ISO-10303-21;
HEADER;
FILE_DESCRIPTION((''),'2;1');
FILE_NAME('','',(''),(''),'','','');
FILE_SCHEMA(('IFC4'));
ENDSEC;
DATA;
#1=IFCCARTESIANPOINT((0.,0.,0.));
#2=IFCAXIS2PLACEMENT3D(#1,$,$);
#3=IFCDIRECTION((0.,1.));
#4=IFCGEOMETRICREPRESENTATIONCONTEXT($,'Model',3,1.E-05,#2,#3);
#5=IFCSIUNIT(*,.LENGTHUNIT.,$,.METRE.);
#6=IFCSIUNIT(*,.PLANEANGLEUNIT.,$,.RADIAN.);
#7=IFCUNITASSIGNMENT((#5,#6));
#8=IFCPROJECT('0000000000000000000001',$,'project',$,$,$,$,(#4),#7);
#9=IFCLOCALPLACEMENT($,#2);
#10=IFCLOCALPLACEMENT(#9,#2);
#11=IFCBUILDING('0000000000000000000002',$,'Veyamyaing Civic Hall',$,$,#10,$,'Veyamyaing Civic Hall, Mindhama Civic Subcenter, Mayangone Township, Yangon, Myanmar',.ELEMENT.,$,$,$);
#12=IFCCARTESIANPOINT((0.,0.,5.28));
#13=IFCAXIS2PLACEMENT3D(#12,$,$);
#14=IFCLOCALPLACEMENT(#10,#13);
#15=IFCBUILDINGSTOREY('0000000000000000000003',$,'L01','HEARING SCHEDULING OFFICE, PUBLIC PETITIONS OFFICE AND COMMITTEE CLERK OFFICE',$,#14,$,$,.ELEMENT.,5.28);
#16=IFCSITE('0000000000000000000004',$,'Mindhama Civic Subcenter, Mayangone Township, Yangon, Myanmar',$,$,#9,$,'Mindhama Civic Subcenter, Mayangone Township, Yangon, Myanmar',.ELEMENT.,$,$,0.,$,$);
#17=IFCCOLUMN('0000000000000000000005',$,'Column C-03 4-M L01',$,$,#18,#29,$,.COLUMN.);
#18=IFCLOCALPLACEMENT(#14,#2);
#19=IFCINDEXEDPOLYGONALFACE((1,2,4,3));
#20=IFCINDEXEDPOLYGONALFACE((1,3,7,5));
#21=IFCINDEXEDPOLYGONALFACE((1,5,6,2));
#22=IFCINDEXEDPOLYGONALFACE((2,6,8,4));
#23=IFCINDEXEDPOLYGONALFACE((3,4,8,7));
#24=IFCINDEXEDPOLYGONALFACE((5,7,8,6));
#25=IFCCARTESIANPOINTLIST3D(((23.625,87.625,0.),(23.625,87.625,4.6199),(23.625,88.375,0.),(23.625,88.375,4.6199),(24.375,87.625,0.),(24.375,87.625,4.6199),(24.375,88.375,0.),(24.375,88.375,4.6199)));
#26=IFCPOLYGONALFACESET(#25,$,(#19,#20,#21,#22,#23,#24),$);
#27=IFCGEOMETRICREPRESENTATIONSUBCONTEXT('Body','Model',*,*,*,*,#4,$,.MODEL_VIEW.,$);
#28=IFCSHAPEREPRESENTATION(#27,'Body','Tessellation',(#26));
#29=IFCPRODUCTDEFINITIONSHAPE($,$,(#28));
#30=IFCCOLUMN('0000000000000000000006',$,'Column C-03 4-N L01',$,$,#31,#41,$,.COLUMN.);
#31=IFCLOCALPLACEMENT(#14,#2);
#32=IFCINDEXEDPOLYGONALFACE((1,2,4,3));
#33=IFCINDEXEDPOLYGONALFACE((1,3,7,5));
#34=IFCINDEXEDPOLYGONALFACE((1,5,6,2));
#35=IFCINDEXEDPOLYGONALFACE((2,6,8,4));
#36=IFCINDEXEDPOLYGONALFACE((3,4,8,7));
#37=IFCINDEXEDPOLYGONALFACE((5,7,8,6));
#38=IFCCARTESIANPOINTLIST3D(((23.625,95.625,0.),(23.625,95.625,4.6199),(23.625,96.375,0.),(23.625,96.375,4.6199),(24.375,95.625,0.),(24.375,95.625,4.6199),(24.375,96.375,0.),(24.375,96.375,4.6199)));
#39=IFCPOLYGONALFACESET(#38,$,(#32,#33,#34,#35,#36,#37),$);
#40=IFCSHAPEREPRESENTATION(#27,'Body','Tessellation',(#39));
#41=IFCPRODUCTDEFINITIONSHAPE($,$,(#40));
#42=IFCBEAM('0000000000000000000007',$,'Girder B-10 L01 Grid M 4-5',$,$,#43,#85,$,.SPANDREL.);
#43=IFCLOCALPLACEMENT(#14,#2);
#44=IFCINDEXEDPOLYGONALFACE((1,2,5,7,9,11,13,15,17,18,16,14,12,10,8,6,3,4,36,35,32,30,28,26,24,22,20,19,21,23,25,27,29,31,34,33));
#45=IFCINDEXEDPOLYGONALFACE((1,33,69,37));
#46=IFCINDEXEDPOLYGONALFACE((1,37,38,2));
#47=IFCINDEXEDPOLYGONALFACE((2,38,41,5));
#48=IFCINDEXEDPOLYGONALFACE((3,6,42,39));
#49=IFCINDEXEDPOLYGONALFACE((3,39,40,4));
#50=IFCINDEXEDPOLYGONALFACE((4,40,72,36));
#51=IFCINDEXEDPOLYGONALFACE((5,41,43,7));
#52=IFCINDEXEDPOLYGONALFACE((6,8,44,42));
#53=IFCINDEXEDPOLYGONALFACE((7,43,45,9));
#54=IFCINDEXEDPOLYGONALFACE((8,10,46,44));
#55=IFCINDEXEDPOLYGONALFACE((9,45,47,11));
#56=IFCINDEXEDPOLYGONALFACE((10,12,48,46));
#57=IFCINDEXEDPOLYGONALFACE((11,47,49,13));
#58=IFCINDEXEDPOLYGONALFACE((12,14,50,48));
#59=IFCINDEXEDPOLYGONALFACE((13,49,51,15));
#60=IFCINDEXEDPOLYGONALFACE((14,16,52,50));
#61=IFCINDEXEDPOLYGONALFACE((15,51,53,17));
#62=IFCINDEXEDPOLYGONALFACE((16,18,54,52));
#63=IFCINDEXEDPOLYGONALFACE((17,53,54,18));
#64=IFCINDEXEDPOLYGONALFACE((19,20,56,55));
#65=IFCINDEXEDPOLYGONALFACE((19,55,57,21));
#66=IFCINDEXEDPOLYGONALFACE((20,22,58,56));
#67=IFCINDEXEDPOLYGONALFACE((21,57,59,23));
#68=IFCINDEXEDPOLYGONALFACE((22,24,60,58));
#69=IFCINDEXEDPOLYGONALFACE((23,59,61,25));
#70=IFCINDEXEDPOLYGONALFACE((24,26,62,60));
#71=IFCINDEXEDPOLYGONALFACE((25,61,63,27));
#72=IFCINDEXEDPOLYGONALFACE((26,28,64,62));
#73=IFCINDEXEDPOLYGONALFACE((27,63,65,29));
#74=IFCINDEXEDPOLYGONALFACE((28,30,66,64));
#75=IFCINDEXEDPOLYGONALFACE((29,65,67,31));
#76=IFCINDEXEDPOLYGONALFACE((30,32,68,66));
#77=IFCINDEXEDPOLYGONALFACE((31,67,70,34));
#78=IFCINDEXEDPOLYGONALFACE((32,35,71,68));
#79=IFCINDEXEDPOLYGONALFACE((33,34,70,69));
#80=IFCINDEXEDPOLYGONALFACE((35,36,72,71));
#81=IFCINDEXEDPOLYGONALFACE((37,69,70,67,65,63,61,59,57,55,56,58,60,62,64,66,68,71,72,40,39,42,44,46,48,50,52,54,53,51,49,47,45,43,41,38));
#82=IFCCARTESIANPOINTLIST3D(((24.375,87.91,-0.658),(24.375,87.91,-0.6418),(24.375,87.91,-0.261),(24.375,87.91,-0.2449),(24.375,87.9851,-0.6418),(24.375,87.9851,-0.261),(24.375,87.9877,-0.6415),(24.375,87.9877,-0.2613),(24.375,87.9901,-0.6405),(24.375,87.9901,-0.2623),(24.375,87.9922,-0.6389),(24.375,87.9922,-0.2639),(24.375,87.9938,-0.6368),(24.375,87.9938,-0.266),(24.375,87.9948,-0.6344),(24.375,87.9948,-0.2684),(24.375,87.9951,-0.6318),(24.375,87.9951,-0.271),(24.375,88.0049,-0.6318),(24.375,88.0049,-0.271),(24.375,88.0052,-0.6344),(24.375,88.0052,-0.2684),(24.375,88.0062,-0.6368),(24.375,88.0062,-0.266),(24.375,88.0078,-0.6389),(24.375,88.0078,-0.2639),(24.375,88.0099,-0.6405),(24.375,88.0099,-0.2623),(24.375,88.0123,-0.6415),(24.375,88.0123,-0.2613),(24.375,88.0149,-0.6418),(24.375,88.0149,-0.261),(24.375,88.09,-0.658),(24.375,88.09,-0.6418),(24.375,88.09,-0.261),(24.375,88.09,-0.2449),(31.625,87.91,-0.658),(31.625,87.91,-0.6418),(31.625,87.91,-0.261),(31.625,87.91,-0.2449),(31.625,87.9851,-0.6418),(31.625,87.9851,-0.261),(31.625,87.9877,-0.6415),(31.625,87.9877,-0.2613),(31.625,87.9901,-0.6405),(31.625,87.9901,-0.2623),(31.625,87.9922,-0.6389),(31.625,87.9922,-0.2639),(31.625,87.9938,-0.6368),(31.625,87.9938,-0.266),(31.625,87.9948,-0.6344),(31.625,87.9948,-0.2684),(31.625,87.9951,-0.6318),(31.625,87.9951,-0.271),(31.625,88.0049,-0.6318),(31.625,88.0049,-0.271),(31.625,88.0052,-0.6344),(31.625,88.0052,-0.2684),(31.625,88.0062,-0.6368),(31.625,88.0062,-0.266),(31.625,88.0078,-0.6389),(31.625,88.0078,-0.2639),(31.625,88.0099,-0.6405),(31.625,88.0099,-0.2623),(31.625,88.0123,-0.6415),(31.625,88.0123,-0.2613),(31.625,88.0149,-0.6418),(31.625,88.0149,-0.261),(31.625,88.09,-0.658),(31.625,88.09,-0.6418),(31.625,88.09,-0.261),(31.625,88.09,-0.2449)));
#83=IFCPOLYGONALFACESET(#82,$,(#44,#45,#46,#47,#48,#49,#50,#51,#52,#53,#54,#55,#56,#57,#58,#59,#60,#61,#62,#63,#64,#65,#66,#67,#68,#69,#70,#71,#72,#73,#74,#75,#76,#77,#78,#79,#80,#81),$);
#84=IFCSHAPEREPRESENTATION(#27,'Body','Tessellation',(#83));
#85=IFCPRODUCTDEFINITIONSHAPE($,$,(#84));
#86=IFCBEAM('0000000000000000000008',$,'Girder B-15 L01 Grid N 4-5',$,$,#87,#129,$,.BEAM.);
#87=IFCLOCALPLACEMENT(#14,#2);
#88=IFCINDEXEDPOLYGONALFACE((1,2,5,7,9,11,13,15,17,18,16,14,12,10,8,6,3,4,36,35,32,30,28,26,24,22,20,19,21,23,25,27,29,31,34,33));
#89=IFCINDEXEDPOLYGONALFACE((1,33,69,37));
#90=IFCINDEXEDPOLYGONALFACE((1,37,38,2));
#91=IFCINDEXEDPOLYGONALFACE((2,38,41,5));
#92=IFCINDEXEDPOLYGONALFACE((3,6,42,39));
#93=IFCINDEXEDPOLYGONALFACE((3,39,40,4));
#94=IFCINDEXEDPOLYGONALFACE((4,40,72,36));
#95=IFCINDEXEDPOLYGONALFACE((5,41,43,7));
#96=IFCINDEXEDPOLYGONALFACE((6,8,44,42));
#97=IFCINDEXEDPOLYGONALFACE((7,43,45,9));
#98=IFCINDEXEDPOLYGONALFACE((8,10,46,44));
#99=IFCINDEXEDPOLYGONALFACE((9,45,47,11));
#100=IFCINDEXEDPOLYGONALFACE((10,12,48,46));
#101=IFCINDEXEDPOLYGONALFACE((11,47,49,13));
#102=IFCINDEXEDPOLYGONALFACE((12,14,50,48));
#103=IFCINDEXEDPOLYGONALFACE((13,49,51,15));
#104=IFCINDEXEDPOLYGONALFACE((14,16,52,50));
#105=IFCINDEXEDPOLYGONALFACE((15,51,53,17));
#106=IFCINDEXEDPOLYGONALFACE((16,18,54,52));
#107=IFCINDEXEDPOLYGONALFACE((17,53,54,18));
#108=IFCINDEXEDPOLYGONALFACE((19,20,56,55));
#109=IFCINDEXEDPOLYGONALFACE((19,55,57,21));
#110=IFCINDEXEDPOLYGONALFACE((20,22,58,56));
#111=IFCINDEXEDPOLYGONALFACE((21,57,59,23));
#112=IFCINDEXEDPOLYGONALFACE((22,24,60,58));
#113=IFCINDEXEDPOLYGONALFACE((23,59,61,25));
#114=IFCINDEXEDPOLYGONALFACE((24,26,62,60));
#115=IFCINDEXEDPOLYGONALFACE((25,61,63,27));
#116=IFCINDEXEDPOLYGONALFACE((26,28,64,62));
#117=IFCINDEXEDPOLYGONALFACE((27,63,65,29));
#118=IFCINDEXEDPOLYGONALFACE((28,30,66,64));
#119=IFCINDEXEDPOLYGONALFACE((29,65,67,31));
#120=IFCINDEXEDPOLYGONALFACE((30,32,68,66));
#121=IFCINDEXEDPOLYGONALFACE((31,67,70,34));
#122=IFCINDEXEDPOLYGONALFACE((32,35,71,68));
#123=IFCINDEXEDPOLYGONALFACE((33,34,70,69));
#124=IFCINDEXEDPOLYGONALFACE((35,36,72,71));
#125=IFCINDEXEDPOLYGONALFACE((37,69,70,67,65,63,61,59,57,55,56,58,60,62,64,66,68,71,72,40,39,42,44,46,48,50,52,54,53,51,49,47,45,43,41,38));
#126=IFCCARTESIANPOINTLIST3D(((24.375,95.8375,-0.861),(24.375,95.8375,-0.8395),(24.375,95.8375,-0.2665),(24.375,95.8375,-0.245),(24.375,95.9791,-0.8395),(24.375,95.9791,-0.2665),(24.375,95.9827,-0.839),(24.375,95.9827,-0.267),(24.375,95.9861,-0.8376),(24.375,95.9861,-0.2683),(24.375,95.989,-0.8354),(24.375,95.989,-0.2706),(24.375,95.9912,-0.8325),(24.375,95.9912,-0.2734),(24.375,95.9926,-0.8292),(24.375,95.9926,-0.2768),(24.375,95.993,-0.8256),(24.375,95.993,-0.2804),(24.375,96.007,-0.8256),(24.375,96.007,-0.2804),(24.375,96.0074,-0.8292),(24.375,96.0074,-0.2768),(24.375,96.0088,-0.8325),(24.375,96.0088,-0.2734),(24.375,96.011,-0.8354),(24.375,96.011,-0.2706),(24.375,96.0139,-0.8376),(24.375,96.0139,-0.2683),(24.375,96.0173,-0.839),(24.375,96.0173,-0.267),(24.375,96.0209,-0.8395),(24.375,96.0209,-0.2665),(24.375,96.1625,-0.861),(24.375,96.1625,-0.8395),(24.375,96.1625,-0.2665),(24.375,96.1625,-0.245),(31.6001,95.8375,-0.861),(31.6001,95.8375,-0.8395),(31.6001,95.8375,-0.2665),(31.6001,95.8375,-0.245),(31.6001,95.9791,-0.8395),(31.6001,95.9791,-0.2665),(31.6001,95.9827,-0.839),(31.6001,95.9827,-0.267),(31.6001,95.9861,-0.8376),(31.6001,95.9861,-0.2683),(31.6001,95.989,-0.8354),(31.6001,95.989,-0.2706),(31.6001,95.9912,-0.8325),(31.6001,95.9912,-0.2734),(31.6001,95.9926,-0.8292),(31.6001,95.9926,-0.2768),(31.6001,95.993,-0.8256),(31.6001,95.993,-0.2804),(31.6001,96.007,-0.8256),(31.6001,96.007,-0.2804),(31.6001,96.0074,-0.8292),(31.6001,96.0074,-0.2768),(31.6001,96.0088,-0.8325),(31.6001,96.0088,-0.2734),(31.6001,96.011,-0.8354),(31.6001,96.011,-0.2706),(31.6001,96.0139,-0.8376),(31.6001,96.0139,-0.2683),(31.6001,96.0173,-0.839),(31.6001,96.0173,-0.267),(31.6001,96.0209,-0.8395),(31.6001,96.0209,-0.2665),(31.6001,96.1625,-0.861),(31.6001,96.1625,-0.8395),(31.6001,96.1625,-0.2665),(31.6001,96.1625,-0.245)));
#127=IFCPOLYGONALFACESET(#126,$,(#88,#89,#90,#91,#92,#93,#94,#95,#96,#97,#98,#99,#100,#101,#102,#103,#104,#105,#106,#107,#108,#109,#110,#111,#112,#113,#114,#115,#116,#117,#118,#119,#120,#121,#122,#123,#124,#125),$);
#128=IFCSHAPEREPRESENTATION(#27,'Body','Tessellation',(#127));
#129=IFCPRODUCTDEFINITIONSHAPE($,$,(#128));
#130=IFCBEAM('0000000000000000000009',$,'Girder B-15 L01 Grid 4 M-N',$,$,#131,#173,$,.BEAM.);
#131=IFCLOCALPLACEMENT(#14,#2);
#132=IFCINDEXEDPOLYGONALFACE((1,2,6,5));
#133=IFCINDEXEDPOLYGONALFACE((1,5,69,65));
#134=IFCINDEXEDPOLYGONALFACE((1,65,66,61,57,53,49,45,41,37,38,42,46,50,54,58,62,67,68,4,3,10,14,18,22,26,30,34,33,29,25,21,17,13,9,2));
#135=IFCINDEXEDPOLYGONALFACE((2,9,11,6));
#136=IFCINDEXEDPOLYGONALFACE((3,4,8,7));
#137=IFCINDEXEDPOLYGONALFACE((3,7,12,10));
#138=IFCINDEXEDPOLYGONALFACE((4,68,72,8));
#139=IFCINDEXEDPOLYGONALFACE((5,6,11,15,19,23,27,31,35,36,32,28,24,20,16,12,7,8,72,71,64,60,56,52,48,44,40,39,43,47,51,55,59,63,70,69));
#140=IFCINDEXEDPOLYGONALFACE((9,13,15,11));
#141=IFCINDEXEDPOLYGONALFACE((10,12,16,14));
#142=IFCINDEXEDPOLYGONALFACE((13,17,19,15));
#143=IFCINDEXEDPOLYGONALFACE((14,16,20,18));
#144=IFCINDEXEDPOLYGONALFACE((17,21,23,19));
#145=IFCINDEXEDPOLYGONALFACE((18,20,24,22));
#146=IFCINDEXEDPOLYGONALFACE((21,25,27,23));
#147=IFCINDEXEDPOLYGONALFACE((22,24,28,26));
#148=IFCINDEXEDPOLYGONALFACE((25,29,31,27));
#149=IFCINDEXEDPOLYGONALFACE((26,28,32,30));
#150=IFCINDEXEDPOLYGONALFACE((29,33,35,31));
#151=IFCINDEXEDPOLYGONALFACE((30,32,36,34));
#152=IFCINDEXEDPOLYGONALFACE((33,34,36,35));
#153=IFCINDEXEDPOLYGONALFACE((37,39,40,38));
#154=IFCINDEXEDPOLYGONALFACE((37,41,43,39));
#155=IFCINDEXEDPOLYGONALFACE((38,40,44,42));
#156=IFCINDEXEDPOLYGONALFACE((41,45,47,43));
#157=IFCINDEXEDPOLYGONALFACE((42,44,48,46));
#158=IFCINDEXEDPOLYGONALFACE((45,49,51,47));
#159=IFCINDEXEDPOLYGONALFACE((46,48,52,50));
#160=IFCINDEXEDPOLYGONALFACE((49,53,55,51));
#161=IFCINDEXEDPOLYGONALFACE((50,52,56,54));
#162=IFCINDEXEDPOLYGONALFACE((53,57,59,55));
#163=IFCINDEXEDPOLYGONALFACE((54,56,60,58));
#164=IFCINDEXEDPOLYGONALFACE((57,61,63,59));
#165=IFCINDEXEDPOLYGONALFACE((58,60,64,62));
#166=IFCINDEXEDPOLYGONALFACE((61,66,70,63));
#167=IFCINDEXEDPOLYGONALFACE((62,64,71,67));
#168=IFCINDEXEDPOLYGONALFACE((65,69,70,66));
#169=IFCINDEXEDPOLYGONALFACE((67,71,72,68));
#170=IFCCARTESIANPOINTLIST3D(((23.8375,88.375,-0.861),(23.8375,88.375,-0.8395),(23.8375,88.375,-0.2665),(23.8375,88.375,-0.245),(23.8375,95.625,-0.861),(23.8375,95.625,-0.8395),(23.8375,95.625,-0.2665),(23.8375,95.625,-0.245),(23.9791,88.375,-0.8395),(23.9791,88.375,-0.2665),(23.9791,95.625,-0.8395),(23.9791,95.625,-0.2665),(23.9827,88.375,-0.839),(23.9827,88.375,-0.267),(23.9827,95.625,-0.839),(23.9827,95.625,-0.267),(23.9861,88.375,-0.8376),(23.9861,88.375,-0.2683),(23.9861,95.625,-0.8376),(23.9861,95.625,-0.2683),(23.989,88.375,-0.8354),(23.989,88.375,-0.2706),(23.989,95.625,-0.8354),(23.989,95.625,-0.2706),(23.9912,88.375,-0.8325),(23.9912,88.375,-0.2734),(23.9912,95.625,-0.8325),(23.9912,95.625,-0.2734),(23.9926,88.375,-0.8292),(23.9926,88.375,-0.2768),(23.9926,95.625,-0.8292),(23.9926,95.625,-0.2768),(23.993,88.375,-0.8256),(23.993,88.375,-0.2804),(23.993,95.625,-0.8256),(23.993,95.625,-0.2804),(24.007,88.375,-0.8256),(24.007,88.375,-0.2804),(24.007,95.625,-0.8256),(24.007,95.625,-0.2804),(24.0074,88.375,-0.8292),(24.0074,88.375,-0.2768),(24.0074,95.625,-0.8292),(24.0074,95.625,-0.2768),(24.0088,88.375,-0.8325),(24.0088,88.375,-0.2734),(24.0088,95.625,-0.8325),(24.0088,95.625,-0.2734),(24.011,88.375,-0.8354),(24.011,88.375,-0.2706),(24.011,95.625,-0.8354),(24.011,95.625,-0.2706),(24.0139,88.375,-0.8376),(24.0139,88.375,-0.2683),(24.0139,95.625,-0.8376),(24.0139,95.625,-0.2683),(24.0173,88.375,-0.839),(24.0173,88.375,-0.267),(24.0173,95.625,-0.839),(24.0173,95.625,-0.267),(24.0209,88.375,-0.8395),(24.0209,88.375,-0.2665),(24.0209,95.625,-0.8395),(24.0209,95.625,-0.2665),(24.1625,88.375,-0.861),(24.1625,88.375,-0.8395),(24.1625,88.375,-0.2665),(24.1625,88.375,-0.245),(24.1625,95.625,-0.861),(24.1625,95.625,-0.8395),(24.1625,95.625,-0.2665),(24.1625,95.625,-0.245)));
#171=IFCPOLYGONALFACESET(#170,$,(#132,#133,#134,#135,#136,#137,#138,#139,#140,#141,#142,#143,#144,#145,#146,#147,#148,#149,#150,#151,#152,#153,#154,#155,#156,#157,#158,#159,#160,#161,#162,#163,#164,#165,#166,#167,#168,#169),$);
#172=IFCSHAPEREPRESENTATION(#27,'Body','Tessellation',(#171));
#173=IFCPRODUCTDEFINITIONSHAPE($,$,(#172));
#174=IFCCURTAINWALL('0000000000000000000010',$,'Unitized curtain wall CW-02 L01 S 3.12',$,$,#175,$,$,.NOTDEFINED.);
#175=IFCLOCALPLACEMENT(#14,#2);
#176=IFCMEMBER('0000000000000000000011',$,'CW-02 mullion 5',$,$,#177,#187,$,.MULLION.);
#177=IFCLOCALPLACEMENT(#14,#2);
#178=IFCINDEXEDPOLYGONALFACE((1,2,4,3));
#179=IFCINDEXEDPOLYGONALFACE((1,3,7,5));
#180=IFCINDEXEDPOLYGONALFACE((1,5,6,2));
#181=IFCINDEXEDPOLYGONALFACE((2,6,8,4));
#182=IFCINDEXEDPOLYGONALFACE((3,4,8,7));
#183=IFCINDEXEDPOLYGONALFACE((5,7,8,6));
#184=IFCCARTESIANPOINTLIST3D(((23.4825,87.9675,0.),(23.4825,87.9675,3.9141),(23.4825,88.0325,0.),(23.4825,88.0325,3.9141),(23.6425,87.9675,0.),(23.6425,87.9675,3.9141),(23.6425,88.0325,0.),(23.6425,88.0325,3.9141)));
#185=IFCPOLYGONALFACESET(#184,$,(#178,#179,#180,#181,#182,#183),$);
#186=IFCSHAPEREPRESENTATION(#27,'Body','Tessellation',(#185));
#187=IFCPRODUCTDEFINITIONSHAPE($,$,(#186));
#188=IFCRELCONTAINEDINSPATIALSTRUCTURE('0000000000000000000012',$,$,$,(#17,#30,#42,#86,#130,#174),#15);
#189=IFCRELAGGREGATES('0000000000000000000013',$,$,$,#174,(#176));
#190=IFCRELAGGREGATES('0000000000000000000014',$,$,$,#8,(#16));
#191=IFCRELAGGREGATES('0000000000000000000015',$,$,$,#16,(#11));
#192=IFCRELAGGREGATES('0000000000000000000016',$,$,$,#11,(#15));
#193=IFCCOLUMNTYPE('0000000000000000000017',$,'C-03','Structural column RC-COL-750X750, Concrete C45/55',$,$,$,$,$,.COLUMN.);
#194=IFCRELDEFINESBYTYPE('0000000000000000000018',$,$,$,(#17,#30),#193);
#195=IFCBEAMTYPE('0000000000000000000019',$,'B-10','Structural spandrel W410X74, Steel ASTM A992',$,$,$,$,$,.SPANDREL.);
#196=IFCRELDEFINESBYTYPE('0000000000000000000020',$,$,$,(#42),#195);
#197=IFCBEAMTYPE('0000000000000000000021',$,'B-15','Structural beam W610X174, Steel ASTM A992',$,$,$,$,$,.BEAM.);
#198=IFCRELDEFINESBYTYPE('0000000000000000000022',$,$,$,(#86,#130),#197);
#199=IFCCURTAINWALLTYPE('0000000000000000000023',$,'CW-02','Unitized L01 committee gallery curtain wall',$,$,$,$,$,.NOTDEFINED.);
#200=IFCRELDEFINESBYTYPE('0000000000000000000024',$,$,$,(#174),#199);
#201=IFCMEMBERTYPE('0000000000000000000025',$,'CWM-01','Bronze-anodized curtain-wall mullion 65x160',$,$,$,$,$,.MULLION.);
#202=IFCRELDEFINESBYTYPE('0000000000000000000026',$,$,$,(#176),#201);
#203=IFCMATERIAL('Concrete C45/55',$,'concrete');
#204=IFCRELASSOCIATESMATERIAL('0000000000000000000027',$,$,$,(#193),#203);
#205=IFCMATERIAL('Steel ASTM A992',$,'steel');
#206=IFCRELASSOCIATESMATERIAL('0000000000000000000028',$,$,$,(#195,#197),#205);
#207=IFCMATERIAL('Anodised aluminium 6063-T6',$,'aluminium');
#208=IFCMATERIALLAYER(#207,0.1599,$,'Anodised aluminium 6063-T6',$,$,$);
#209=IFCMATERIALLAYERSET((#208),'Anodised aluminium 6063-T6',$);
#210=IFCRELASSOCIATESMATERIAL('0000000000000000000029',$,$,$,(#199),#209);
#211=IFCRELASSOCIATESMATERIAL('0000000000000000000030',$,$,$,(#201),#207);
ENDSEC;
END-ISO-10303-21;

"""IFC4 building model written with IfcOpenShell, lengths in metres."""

from ifc_helpers import new_model, si_unit, direction, frame, origin, origin_2d, place, context, subcontext, project, spatial, rectangle, i_section, extrude, material, layer, layer_set, material_profile, profile_set, type_object, element, aggregate, save


model = new_model("IFC4")

# Units and contexts
model_context = context("Model", 3, precision=1e-05, world=origin(), true_north=direction((0.0, 1.0)))
body_context = subcontext(model_context, "Body", "Model", "MODEL_VIEW")
ifc_project = project(units=[si_unit("LENGTHUNIT", "METRE"), si_unit("PLANEANGLEUNIT", "RADIAN")], contexts=[model_context])

# Site, building, storey
site_placement = place(None, origin())
site = spatial("IfcSite", under=ifc_project, at=site_placement, Name="Mindhama Civic Subcenter, Mayangone Township, Yangon, Myanmar", LongName="Mindhama Civic Subcenter, Mayangone Township, Yangon, Myanmar", CompositionType="ELEMENT", RefElevation=0.0)
building_placement = place(site_placement, origin())
building = spatial("IfcBuilding", under=site, at=building_placement, Name="Veyamyaing Civic Hall", LongName="Veyamyaing Civic Hall, Mindhama Civic Subcenter, Mayangone Township, Yangon, Myanmar", CompositionType="ELEMENT")
storey_placement = place(building_placement, frame((0.0, 0.0, 5.28)))
storey = spatial("IfcBuildingStorey", under=building, at=storey_placement, Name="L01", Description="HEARING SCHEDULING OFFICE, PUBLIC PETITIONS OFFICE AND COMMITTEE CLERK OFFICE", CompositionType="ELEMENT", Elevation=5.28)

# Columns
ifc_material_1 = material(Name="Concrete C45/55", Category="concrete")
ifc_material_profile_1 = material_profile(ifc_material_1, rectangle(XDim=0.75, YDim=0.75, at=origin_2d()), Name="RC-COL-750X750")
ifc_profile_set_1 = profile_set([ifc_material_profile_1], Name="Concrete C45/55")
column_type = type_object("IfcColumnType", Name="C-03", Description="Structural column RC-COL-750X750, Concrete C45/55", PredefinedType="COLUMN", material=ifc_profile_set_1)
for number, where, z_axis, x_axis, name in (
    (1, (24.0, 88.0, 0.0), (0.0, 0.0, 1.0), (1.0, 0.0, 0.0), "Column C-03 4-M L01"),
    (2, (24.0, 96.0, 0.0), (0.0, 0.0, 1.0), (1.0, 0.0, 0.0), "Column C-03 4-N L01"),
):
    element("IfcColumn", number, at=place(storey_placement, frame(where, z_axis=z_axis, x_axis=x_axis)), inside=storey, type_object=column_type, Name=name, PredefinedType="COLUMN", context=body_context, shape_type="SweptSolid", body=[
        extrude(rectangle(XDim=0.75, YDim=0.75, at=origin_2d()), origin(), (0.0, 0.0, 1.0), 4.6199),
    ])

# Beams
ifc_material_2 = material(Name="Steel ASTM A992", Category="steel")
ifc_material_profile_2 = material_profile(ifc_material_2, i_section(OverallWidth=0.1799, OverallDepth=0.4131, WebThickness=0.0098, FlangeThickness=0.0161, FilletRadius=0.01, at=origin_2d()), Name="W410X74")
ifc_profile_set_2 = profile_set([ifc_material_profile_2], Name="Steel ASTM A992")
beam_type_1 = type_object("IfcBeamType", Name="B-10", Description="Structural spandrel W410X74, Steel ASTM A992", PredefinedType="SPANDREL", material=ifc_profile_set_2)
beam_1_placement = place(storey_placement, frame((24.375, 88.0, -0.4514), z_axis=(1.0, 0.0, 0.0), x_axis=(0.0, 1.0, 0.0)))
element("IfcBeam", 3, at=beam_1_placement, inside=storey, type_object=beam_type_1, Name="Girder B-10 L01 Grid M 4-5", PredefinedType="SPANDREL", context=body_context, shape_type="SweptSolid", body=[
    extrude(i_section(OverallWidth=0.1799, OverallDepth=0.4131, WebThickness=0.0098, FlangeThickness=0.0161, FilletRadius=0.01, at=origin_2d()), origin(), (0.0, 0.0, 1.0), 7.25),
])
ifc_material_profile_3 = material_profile(ifc_material_2, i_section(OverallWidth=0.325, OverallDepth=0.616, WebThickness=0.0139, FlangeThickness=0.0215, FilletRadius=0.0139, at=origin_2d()), Name="W610X174")
ifc_profile_set_3 = profile_set([ifc_material_profile_3], Name="Steel ASTM A992")
beam_type_2 = type_object("IfcBeamType", Name="B-15", Description="Structural beam W610X174, Steel ASTM A992", PredefinedType="BEAM", material=ifc_profile_set_3)
beam_2_placement = place(storey_placement, frame((24.375, 96.0, -0.553), z_axis=(1.0, 0.0, 0.0), x_axis=(0.0, 1.0, 0.0)))
element("IfcBeam", 4, at=beam_2_placement, inside=storey, type_object=beam_type_2, Name="Girder B-15 L01 Grid N 4-5", PredefinedType="BEAM", context=body_context, shape_type="SweptSolid", body=[
    extrude(i_section(OverallWidth=0.325, OverallDepth=0.616, WebThickness=0.0139, FlangeThickness=0.0215, FilletRadius=0.0139, at=origin_2d()), origin(), (0.0, 0.0, 1.0), 7.2251),
])
beam_3_placement = place(storey_placement, frame((24.0, 88.375, -0.553), z_axis=(0.0, 1.0, 0.0), x_axis=(-1.0, 0.0, 0.0)))
element("IfcBeam", 5, at=beam_3_placement, inside=storey, type_object=beam_type_2, Name="Girder B-15 L01 Grid 4 M-N", PredefinedType="BEAM", context=body_context, shape_type="SweptSolid", body=[
    extrude(i_section(OverallWidth=0.325, OverallDepth=0.616, WebThickness=0.0139, FlangeThickness=0.0215, FilletRadius=0.0139, at=origin_2d()), origin(), (0.0, 0.0, 1.0), 7.25),
])

# Curtain wall, member
ifc_material_3 = material(Name="Anodised aluminium 6063-T6", Category="aluminium")
ifc_layer_1 = layer(ifc_material_3, 0.1599, Name="Anodised aluminium 6063-T6")
ifc_layer_set_1 = layer_set([ifc_layer_1], Name="Anodised aluminium 6063-T6")
curtain_wall_type = type_object("IfcCurtainWallType", Name="CW-02", Description="Unitized L01 committee gallery curtain wall", PredefinedType="NOTDEFINED", material=ifc_layer_set_1)
curtain_wall_placement = place(storey_placement, origin())
curtain_wall = element("IfcCurtainWall", 6, at=curtain_wall_placement, inside=storey, type_object=curtain_wall_type, Name="Unitized curtain wall CW-02 L01 S 3.12", PredefinedType="NOTDEFINED")
ifc_material_profile_4 = material_profile(ifc_material_3, rectangle(XDim=0.0649, YDim=0.1599, at=origin_2d()), Name="ALU-MUL-65X160")
ifc_profile_set_4 = profile_set([ifc_material_profile_4], Name="Anodised aluminium 6063-T6")
member_type = type_object("IfcMemberType", Name="CWM-01", Description="Bronze-anodized curtain-wall mullion 65x160", PredefinedType="MULLION", material=ifc_profile_set_4)
member_placement = place(storey_placement, frame((23.5625, 88.0, 0.0), z_axis=(0.0, 0.0, 1.0), x_axis=(0.0, 1.0, 0.0)))
member = element("IfcMember", 7, at=member_placement, type_object=member_type, Name="CW-02 mullion 5", PredefinedType="MULLION", context=body_context, shape_type="SweptSolid", body=[
    extrude(rectangle(XDim=0.0649, YDim=0.1599, at=origin_2d()), origin(), (0.0, 0.0, 1.0), 3.9141),
])

aggregate(curtain_wall, [member])

save(model, "model.ifc")
